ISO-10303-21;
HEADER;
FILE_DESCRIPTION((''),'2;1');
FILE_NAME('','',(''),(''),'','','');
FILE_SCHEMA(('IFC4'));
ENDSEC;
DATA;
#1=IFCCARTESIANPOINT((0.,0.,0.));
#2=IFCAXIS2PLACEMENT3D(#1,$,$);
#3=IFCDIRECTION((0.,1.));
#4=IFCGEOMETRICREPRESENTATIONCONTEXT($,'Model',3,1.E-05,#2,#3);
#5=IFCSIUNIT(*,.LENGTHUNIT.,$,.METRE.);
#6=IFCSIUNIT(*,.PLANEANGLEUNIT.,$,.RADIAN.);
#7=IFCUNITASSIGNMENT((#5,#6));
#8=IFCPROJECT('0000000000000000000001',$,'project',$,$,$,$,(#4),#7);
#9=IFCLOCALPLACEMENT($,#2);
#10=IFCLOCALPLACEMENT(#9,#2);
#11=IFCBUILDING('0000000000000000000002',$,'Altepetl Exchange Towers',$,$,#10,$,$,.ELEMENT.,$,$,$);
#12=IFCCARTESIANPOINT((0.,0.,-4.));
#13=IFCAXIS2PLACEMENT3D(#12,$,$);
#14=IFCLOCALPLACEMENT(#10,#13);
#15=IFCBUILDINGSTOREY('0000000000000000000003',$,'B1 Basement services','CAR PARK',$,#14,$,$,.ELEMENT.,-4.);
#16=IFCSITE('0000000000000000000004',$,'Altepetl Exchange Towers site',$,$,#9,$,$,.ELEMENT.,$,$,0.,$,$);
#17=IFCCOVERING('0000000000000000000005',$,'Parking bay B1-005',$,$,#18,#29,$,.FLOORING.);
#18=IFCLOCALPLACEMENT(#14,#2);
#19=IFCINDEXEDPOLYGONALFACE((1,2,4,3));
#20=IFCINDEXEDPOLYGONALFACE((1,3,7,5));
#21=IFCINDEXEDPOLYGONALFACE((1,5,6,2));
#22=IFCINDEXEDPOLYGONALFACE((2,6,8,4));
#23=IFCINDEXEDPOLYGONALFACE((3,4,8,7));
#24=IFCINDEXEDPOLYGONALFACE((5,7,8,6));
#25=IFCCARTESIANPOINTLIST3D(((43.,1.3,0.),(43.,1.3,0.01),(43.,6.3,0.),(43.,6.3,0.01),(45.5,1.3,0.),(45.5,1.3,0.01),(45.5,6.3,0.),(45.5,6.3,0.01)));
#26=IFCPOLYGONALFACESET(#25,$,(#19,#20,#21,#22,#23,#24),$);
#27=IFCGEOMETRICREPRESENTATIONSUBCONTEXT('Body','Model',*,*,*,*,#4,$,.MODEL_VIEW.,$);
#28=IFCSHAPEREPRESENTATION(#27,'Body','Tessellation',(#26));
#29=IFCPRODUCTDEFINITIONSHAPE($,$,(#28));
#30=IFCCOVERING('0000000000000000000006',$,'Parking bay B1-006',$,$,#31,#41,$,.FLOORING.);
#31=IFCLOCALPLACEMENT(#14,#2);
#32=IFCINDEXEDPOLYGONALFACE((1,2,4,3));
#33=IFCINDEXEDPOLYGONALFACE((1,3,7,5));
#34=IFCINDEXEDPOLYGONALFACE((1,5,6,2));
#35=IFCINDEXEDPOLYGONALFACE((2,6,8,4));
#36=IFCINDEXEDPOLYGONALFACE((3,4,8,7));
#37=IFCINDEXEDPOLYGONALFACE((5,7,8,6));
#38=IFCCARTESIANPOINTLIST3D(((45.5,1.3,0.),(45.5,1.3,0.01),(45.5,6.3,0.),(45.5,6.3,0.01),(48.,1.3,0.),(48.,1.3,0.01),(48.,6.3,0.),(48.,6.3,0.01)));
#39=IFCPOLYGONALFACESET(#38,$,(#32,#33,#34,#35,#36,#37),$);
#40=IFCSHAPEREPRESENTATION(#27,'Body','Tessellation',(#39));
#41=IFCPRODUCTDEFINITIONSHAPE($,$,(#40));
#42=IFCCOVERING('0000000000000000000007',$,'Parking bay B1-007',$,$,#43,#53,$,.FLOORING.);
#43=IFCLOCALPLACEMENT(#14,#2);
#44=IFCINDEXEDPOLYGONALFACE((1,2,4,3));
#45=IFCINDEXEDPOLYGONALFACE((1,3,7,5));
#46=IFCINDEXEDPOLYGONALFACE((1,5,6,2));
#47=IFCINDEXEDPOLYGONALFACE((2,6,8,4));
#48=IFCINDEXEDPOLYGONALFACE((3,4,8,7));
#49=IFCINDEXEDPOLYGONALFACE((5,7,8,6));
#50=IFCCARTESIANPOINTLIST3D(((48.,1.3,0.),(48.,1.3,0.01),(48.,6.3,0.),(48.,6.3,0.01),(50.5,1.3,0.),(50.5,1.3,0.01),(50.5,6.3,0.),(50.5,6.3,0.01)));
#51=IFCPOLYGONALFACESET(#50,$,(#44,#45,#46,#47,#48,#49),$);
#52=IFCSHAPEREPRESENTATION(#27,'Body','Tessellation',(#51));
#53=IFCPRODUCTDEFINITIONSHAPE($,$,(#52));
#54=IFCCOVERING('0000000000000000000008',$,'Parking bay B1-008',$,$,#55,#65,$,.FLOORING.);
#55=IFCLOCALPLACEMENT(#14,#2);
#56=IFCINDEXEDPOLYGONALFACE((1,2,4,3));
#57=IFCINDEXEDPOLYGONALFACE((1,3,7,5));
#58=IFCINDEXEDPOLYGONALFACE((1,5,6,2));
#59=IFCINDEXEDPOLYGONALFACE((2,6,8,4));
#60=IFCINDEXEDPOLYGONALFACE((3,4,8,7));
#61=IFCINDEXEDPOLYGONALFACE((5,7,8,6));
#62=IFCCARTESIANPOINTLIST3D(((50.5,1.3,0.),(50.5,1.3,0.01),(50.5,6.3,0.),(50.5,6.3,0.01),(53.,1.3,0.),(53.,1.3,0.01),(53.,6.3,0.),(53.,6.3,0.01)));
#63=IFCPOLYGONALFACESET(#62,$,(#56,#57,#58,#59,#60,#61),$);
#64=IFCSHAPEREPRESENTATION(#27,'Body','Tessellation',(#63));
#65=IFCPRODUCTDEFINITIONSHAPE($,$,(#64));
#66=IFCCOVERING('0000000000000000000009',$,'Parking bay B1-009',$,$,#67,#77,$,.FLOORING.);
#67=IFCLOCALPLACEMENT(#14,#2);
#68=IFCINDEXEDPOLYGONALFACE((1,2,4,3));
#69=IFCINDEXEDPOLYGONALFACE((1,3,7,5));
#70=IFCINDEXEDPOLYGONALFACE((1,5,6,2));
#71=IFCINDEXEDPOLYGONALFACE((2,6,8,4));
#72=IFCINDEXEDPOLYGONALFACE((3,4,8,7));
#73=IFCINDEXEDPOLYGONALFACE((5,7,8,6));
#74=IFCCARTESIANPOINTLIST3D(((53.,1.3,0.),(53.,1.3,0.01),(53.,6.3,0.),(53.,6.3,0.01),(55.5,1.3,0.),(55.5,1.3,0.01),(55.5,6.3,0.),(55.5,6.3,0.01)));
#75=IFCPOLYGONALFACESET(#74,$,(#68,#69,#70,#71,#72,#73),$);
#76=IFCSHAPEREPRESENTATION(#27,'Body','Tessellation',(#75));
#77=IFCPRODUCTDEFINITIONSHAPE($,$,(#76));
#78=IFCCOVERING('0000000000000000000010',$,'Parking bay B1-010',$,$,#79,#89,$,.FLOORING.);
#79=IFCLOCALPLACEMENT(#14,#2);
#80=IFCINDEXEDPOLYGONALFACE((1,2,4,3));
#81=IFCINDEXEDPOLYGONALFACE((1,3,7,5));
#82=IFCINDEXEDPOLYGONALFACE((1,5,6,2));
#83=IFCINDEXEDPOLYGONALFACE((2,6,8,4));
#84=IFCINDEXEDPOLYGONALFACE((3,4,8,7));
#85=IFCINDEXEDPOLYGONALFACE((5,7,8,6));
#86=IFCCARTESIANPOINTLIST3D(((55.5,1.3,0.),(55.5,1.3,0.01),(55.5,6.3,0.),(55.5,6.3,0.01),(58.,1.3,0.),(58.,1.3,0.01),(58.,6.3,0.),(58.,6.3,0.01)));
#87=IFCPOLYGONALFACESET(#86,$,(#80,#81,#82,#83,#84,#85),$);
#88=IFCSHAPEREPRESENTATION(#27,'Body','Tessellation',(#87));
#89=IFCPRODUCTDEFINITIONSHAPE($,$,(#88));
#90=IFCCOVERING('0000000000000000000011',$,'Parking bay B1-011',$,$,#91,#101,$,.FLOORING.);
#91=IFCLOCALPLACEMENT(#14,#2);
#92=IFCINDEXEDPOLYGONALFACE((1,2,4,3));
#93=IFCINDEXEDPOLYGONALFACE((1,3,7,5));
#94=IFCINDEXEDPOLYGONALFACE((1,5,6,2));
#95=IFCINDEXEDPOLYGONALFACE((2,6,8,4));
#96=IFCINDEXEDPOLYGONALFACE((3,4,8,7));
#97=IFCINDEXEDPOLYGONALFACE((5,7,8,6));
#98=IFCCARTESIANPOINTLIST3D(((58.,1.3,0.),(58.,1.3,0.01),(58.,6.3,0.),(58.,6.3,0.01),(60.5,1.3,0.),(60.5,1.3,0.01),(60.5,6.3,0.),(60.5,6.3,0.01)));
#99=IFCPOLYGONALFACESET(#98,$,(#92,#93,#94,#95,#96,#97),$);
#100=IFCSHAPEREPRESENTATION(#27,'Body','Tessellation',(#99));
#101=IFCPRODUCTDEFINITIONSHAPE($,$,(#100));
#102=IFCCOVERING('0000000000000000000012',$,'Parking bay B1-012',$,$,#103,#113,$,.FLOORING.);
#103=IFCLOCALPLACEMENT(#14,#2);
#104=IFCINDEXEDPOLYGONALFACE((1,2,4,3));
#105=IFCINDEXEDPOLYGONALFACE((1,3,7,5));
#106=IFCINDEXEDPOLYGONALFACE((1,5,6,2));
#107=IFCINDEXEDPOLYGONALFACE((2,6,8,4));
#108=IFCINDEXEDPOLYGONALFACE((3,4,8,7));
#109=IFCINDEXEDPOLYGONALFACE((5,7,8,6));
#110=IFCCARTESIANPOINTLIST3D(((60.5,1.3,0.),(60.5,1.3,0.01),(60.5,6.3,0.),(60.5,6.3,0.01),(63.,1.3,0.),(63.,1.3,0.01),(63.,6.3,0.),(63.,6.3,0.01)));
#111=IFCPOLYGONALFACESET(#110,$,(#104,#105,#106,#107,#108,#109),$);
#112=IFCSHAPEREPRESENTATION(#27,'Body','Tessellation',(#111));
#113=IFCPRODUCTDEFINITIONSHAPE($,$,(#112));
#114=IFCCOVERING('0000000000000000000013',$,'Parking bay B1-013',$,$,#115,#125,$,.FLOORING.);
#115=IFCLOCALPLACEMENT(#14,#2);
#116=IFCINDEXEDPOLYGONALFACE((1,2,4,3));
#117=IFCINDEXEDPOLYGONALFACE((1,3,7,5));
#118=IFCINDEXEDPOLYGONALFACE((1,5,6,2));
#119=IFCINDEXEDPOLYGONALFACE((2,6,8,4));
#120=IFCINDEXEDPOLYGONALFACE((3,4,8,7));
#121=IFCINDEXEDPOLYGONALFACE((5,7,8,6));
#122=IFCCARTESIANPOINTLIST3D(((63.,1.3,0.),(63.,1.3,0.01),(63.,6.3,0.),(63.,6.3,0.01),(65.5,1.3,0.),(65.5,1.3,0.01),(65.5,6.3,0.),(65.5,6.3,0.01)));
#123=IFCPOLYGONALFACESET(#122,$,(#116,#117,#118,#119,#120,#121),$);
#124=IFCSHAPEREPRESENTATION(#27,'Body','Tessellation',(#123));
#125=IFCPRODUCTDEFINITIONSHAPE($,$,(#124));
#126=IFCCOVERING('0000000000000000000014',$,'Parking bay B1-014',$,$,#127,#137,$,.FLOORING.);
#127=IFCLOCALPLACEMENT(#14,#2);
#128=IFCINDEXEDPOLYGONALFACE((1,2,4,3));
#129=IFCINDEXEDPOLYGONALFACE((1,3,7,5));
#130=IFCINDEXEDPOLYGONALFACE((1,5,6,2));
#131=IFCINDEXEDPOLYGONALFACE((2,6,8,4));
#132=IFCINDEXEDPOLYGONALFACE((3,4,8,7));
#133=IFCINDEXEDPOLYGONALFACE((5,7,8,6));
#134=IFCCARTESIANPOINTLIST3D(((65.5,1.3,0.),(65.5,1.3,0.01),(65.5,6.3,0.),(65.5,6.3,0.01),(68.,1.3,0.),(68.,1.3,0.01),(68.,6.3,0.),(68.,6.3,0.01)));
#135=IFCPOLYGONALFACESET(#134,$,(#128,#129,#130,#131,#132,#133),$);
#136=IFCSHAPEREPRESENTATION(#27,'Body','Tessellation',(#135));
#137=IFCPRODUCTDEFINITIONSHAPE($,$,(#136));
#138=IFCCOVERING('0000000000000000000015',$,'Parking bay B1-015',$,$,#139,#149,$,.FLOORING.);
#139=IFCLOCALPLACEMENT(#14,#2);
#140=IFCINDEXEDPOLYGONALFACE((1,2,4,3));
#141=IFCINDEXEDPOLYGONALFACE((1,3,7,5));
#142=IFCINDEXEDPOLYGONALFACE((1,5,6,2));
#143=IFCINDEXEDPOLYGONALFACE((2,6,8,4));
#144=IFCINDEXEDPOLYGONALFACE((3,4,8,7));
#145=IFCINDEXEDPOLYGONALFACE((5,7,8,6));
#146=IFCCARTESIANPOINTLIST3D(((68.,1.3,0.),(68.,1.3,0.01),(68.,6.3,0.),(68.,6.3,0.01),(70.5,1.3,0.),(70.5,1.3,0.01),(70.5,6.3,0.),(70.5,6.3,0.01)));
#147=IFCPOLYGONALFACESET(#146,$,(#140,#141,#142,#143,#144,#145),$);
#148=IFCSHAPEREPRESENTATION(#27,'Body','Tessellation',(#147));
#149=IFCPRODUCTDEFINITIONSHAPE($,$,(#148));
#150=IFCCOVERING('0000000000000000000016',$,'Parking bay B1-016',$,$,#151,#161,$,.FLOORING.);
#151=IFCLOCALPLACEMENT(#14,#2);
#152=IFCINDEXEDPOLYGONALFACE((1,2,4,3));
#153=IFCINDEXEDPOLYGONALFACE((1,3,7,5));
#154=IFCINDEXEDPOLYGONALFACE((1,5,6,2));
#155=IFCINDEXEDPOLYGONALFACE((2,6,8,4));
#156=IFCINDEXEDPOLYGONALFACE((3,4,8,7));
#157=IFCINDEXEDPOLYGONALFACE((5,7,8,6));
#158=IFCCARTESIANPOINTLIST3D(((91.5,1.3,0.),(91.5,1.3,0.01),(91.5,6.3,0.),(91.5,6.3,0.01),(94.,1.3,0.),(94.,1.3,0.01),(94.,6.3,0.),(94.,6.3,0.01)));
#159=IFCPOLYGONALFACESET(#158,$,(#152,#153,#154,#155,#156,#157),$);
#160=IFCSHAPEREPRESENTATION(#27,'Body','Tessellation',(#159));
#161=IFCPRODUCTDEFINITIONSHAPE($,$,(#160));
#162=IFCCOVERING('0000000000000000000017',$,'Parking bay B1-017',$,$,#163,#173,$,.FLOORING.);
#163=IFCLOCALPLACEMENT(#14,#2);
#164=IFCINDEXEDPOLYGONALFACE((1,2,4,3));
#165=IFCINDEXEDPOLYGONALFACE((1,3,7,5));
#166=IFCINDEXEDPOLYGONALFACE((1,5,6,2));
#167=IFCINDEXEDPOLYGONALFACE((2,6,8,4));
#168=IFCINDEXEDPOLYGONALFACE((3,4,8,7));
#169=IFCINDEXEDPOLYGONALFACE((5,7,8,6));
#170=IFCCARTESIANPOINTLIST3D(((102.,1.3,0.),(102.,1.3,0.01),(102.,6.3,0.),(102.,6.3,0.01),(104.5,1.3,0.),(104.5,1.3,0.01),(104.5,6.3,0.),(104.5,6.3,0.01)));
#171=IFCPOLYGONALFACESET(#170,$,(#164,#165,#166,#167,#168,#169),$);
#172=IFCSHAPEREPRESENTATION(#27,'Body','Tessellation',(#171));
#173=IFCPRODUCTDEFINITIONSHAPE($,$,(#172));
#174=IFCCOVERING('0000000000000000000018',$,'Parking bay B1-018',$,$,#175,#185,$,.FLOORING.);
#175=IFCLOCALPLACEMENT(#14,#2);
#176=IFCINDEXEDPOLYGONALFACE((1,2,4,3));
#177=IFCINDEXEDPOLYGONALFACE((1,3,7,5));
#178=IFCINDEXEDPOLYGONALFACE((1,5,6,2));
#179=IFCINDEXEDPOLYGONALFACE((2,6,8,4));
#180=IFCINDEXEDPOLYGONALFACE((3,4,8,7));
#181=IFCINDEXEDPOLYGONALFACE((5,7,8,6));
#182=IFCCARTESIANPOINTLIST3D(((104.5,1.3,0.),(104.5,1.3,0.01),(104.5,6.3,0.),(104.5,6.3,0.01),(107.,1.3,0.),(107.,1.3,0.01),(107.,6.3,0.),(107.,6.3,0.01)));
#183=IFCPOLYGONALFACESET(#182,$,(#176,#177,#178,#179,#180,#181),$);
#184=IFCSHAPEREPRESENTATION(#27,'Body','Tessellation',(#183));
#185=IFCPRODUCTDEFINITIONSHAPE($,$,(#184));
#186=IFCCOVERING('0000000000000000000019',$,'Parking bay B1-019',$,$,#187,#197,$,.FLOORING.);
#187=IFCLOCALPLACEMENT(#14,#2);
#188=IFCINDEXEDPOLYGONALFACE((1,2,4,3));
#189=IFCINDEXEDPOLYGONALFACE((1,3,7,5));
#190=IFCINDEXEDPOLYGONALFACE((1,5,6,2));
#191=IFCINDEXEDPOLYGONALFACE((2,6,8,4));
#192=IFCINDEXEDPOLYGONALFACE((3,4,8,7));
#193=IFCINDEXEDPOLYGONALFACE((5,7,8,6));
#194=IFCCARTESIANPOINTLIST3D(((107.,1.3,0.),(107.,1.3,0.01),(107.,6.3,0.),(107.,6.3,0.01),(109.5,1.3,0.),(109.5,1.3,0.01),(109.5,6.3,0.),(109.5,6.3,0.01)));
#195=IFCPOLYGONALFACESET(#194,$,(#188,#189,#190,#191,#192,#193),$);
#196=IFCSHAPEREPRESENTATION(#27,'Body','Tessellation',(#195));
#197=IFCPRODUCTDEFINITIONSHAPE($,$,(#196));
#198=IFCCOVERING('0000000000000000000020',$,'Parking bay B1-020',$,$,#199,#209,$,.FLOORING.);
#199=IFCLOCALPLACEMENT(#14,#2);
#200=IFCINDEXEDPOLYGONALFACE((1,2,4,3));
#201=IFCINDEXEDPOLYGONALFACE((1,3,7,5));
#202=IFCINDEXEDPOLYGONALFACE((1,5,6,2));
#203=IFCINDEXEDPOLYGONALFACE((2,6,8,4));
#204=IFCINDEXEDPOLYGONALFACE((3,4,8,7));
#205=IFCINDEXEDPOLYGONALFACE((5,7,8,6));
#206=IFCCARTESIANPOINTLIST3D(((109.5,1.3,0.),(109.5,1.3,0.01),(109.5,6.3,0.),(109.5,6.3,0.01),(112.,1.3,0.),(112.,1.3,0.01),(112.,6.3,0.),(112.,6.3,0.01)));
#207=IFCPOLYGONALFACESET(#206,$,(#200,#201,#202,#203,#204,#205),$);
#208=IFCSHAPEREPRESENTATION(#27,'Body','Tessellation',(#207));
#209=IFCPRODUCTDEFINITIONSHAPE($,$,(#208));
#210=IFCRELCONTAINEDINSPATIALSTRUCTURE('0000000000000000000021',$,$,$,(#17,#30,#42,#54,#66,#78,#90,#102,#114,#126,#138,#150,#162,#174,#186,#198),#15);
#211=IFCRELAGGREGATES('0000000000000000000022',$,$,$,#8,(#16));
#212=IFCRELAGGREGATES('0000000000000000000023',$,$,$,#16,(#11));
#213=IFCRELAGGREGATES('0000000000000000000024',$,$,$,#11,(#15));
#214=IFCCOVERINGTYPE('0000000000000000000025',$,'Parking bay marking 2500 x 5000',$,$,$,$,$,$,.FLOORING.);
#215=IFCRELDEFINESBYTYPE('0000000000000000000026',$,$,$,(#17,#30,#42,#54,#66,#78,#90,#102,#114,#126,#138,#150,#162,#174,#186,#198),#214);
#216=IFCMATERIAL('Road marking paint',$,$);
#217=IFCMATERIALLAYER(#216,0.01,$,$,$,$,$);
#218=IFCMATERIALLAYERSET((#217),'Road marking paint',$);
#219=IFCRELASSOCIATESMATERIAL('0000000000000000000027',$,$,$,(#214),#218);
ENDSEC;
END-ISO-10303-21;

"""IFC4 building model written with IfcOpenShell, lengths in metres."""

from ifc_helpers import new_model, si_unit, direction, frame, origin, place, context, subcontext, project, spatial, polyline, outline, extrude, material, layer, layer_set, type_object, element, save


model = new_model("IFC4")

# Units and contexts
model_context = context("Model", 3, precision=1e-05, world=origin(), true_north=direction((0.0, 1.0)))
body_context = subcontext(model_context, "Body", "Model", "MODEL_VIEW")
ifc_project = project(units=[si_unit("LENGTHUNIT", "METRE"), si_unit("PLANEANGLEUNIT", "RADIAN")], contexts=[model_context])

# Site, building, storey
site_placement = place(None, origin())
site = spatial("IfcSite", under=ifc_project, at=site_placement, Name="Altepetl Exchange Towers site", CompositionType="ELEMENT", RefElevation=0.0)
building_placement = place(site_placement, origin())
building = spatial("IfcBuilding", under=site, at=building_placement, Name="Altepetl Exchange Towers", CompositionType="ELEMENT")
storey_placement = place(building_placement, frame((0.0, 0.0, -4.0)))
storey = spatial("IfcBuildingStorey", under=building, at=storey_placement, Name="B1 Basement services", Description="CAR PARK", CompositionType="ELEMENT", Elevation=-4.0)

# Coverings
ifc_material_1 = material(Name="Road marking paint")
ifc_layer_1 = layer(ifc_material_1, 0.01)
ifc_layer_set_1 = layer_set([ifc_layer_1], Name="Road marking paint")
covering_type = type_object("IfcCoveringType", Name="Parking bay marking 2500 x 5000", PredefinedType="FLOORING", material=ifc_layer_set_1)
covering_1_placement = place(storey_placement, origin())
element("IfcCovering", 1, at=covering_1_placement, inside=storey, type_object=covering_type, Name="Parking bay B1-005", PredefinedType="FLOORING", context=body_context, shape_type="SweptSolid", body=[
    extrude(outline(polyline([(43.0, 1.3), (45.5, 1.3), (45.5, 6.3), (43.0, 6.3), (43.0, 1.3)])), origin(), (0.0, 0.0, 1.0), 0.01),
])
covering_2_placement = place(storey_placement, origin())
element("IfcCovering", 2, at=covering_2_placement, inside=storey, type_object=covering_type, Name="Parking bay B1-006", PredefinedType="FLOORING", context=body_context, shape_type="SweptSolid", body=[
    extrude(outline(polyline([(45.5, 1.3), (48.0, 1.3), (48.0, 6.3), (45.5, 6.3), (45.5, 1.3)])), origin(), (0.0, 0.0, 1.0), 0.01),
])
covering_3_placement = place(storey_placement, origin())
element("IfcCovering", 3, at=covering_3_placement, inside=storey, type_object=covering_type, Name="Parking bay B1-007", PredefinedType="FLOORING", context=body_context, shape_type="SweptSolid", body=[
    extrude(outline(polyline([(48.0, 1.3), (50.5, 1.3), (50.5, 6.3), (48.0, 6.3), (48.0, 1.3)])), origin(), (0.0, 0.0, 1.0), 0.01),
])
covering_4_placement = place(storey_placement, origin())
element("IfcCovering", 4, at=covering_4_placement, inside=storey, type_object=covering_type, Name="Parking bay B1-008", PredefinedType="FLOORING", context=body_context, shape_type="SweptSolid", body=[
    extrude(outline(polyline([(50.5, 1.3), (53.0, 1.3), (53.0, 6.3), (50.5, 6.3), (50.5, 1.3)])), origin(), (0.0, 0.0, 1.0), 0.01),
])
covering_5_placement = place(storey_placement, origin())
element("IfcCovering", 5, at=covering_5_placement, inside=storey, type_object=covering_type, Name="Parking bay B1-009", PredefinedType="FLOORING", context=body_context, shape_type="SweptSolid", body=[
    extrude(outline(polyline([(53.0, 1.3), (55.5, 1.3), (55.5, 6.3), (53.0, 6.3), (53.0, 1.3)])), origin(), (0.0, 0.0, 1.0), 0.01),
])
covering_6_placement = place(storey_placement, origin())
element("IfcCovering", 6, at=covering_6_placement, inside=storey, type_object=covering_type, Name="Parking bay B1-010", PredefinedType="FLOORING", context=body_context, shape_type="SweptSolid", body=[
    extrude(outline(polyline([(55.5, 1.3), (58.0, 1.3), (58.0, 6.3), (55.5, 6.3), (55.5, 1.3)])), origin(), (0.0, 0.0, 1.0), 0.01),
])
covering_7_placement = place(storey_placement, origin())
element("IfcCovering", 7, at=covering_7_placement, inside=storey, type_object=covering_type, Name="Parking bay B1-011", PredefinedType="FLOORING", context=body_context, shape_type="SweptSolid", body=[
    extrude(outline(polyline([(58.0, 1.3), (60.5, 1.3), (60.5, 6.3), (58.0, 6.3), (58.0, 1.3)])), origin(), (0.0, 0.0, 1.0), 0.01),
])
covering_8_placement = place(storey_placement, origin())
element("IfcCovering", 8, at=covering_8_placement, inside=storey, type_object=covering_type, Name="Parking bay B1-012", PredefinedType="FLOORING", context=body_context, shape_type="SweptSolid", body=[
    extrude(outline(polyline([(60.5, 1.3), (63.0, 1.3), (63.0, 6.3), (60.5, 6.3), (60.5, 1.3)])), origin(), (0.0, 0.0, 1.0), 0.01),
])
covering_9_placement = place(storey_placement, origin())
element("IfcCovering", 9, at=covering_9_placement, inside=storey, type_object=covering_type, Name="Parking bay B1-013", PredefinedType="FLOORING", context=body_context, shape_type="SweptSolid", body=[
    extrude(outline(polyline([(63.0, 1.3), (65.5, 1.3), (65.5, 6.3), (63.0, 6.3), (63.0, 1.3)])), origin(), (0.0, 0.0, 1.0), 0.01),
])
covering_10_placement = place(storey_placement, origin())
element("IfcCovering", 10, at=covering_10_placement, inside=storey, type_object=covering_type, Name="Parking bay B1-014", PredefinedType="FLOORING", context=body_context, shape_type="SweptSolid", body=[
    extrude(outline(polyline([(65.5, 1.3), (68.0, 1.3), (68.0, 6.3), (65.5, 6.3), (65.5, 1.3)])), origin(), (0.0, 0.0, 1.0), 0.01),
])
covering_11_placement = place(storey_placement, origin())
element("IfcCovering", 11, at=covering_11_placement, inside=storey, type_object=covering_type, Name="Parking bay B1-015", PredefinedType="FLOORING", context=body_context, shape_type="SweptSolid", body=[
    extrude(outline(polyline([(68.0, 1.3), (70.5, 1.3), (70.5, 6.3), (68.0, 6.3), (68.0, 1.3)])), origin(), (0.0, 0.0, 1.0), 0.01),
])
covering_12_placement = place(storey_placement, origin())
element("IfcCovering", 12, at=covering_12_placement, inside=storey, type_object=covering_type, Name="Parking bay B1-016", PredefinedType="FLOORING", context=body_context, shape_type="SweptSolid", body=[
    extrude(outline(polyline([(91.5, 1.3), (94.0, 1.3), (94.0, 6.3), (91.5, 6.3), (91.5, 1.3)])), origin(), (0.0, 0.0, 1.0), 0.01),
])
covering_13_placement = place(storey_placement, origin())
element("IfcCovering", 13, at=covering_13_placement, inside=storey, type_object=covering_type, Name="Parking bay B1-017", PredefinedType="FLOORING", context=body_context, shape_type="SweptSolid", body=[
    extrude(outline(polyline([(102.0, 1.3), (104.5, 1.3), (104.5, 6.3), (102.0, 6.3), (102.0, 1.3)])), origin(), (0.0, 0.0, 1.0), 0.01),
])
covering_14_placement = place(storey_placement, origin())
element("IfcCovering", 14, at=covering_14_placement, inside=storey, type_object=covering_type, Name="Parking bay B1-018", PredefinedType="FLOORING", context=body_context, shape_type="SweptSolid", body=[
    extrude(outline(polyline([(104.5, 1.3), (107.0, 1.3), (107.0, 6.3), (104.5, 6.3), (104.5, 1.3)])), origin(), (0.0, 0.0, 1.0), 0.01),
])
covering_15_placement = place(storey_placement, origin())
element("IfcCovering", 15, at=covering_15_placement, inside=storey, type_object=covering_type, Name="Parking bay B1-019", PredefinedType="FLOORING", context=body_context, shape_type="SweptSolid", body=[
    extrude(outline(polyline([(107.0, 1.3), (109.5, 1.3), (109.5, 6.3), (107.0, 6.3), (107.0, 1.3)])), origin(), (0.0, 0.0, 1.0), 0.01),
])
covering_16_placement = place(storey_placement, origin())
element("IfcCovering", 16, at=covering_16_placement, inside=storey, type_object=covering_type, Name="Parking bay B1-020", PredefinedType="FLOORING", context=body_context, shape_type="SweptSolid", body=[
    extrude(outline(polyline([(109.5, 1.3), (112.0, 1.3), (112.0, 6.3), (109.5, 6.3), (109.5, 1.3)])), origin(), (0.0, 0.0, 1.0), 0.01),
])

save(model, "model.ifc")
